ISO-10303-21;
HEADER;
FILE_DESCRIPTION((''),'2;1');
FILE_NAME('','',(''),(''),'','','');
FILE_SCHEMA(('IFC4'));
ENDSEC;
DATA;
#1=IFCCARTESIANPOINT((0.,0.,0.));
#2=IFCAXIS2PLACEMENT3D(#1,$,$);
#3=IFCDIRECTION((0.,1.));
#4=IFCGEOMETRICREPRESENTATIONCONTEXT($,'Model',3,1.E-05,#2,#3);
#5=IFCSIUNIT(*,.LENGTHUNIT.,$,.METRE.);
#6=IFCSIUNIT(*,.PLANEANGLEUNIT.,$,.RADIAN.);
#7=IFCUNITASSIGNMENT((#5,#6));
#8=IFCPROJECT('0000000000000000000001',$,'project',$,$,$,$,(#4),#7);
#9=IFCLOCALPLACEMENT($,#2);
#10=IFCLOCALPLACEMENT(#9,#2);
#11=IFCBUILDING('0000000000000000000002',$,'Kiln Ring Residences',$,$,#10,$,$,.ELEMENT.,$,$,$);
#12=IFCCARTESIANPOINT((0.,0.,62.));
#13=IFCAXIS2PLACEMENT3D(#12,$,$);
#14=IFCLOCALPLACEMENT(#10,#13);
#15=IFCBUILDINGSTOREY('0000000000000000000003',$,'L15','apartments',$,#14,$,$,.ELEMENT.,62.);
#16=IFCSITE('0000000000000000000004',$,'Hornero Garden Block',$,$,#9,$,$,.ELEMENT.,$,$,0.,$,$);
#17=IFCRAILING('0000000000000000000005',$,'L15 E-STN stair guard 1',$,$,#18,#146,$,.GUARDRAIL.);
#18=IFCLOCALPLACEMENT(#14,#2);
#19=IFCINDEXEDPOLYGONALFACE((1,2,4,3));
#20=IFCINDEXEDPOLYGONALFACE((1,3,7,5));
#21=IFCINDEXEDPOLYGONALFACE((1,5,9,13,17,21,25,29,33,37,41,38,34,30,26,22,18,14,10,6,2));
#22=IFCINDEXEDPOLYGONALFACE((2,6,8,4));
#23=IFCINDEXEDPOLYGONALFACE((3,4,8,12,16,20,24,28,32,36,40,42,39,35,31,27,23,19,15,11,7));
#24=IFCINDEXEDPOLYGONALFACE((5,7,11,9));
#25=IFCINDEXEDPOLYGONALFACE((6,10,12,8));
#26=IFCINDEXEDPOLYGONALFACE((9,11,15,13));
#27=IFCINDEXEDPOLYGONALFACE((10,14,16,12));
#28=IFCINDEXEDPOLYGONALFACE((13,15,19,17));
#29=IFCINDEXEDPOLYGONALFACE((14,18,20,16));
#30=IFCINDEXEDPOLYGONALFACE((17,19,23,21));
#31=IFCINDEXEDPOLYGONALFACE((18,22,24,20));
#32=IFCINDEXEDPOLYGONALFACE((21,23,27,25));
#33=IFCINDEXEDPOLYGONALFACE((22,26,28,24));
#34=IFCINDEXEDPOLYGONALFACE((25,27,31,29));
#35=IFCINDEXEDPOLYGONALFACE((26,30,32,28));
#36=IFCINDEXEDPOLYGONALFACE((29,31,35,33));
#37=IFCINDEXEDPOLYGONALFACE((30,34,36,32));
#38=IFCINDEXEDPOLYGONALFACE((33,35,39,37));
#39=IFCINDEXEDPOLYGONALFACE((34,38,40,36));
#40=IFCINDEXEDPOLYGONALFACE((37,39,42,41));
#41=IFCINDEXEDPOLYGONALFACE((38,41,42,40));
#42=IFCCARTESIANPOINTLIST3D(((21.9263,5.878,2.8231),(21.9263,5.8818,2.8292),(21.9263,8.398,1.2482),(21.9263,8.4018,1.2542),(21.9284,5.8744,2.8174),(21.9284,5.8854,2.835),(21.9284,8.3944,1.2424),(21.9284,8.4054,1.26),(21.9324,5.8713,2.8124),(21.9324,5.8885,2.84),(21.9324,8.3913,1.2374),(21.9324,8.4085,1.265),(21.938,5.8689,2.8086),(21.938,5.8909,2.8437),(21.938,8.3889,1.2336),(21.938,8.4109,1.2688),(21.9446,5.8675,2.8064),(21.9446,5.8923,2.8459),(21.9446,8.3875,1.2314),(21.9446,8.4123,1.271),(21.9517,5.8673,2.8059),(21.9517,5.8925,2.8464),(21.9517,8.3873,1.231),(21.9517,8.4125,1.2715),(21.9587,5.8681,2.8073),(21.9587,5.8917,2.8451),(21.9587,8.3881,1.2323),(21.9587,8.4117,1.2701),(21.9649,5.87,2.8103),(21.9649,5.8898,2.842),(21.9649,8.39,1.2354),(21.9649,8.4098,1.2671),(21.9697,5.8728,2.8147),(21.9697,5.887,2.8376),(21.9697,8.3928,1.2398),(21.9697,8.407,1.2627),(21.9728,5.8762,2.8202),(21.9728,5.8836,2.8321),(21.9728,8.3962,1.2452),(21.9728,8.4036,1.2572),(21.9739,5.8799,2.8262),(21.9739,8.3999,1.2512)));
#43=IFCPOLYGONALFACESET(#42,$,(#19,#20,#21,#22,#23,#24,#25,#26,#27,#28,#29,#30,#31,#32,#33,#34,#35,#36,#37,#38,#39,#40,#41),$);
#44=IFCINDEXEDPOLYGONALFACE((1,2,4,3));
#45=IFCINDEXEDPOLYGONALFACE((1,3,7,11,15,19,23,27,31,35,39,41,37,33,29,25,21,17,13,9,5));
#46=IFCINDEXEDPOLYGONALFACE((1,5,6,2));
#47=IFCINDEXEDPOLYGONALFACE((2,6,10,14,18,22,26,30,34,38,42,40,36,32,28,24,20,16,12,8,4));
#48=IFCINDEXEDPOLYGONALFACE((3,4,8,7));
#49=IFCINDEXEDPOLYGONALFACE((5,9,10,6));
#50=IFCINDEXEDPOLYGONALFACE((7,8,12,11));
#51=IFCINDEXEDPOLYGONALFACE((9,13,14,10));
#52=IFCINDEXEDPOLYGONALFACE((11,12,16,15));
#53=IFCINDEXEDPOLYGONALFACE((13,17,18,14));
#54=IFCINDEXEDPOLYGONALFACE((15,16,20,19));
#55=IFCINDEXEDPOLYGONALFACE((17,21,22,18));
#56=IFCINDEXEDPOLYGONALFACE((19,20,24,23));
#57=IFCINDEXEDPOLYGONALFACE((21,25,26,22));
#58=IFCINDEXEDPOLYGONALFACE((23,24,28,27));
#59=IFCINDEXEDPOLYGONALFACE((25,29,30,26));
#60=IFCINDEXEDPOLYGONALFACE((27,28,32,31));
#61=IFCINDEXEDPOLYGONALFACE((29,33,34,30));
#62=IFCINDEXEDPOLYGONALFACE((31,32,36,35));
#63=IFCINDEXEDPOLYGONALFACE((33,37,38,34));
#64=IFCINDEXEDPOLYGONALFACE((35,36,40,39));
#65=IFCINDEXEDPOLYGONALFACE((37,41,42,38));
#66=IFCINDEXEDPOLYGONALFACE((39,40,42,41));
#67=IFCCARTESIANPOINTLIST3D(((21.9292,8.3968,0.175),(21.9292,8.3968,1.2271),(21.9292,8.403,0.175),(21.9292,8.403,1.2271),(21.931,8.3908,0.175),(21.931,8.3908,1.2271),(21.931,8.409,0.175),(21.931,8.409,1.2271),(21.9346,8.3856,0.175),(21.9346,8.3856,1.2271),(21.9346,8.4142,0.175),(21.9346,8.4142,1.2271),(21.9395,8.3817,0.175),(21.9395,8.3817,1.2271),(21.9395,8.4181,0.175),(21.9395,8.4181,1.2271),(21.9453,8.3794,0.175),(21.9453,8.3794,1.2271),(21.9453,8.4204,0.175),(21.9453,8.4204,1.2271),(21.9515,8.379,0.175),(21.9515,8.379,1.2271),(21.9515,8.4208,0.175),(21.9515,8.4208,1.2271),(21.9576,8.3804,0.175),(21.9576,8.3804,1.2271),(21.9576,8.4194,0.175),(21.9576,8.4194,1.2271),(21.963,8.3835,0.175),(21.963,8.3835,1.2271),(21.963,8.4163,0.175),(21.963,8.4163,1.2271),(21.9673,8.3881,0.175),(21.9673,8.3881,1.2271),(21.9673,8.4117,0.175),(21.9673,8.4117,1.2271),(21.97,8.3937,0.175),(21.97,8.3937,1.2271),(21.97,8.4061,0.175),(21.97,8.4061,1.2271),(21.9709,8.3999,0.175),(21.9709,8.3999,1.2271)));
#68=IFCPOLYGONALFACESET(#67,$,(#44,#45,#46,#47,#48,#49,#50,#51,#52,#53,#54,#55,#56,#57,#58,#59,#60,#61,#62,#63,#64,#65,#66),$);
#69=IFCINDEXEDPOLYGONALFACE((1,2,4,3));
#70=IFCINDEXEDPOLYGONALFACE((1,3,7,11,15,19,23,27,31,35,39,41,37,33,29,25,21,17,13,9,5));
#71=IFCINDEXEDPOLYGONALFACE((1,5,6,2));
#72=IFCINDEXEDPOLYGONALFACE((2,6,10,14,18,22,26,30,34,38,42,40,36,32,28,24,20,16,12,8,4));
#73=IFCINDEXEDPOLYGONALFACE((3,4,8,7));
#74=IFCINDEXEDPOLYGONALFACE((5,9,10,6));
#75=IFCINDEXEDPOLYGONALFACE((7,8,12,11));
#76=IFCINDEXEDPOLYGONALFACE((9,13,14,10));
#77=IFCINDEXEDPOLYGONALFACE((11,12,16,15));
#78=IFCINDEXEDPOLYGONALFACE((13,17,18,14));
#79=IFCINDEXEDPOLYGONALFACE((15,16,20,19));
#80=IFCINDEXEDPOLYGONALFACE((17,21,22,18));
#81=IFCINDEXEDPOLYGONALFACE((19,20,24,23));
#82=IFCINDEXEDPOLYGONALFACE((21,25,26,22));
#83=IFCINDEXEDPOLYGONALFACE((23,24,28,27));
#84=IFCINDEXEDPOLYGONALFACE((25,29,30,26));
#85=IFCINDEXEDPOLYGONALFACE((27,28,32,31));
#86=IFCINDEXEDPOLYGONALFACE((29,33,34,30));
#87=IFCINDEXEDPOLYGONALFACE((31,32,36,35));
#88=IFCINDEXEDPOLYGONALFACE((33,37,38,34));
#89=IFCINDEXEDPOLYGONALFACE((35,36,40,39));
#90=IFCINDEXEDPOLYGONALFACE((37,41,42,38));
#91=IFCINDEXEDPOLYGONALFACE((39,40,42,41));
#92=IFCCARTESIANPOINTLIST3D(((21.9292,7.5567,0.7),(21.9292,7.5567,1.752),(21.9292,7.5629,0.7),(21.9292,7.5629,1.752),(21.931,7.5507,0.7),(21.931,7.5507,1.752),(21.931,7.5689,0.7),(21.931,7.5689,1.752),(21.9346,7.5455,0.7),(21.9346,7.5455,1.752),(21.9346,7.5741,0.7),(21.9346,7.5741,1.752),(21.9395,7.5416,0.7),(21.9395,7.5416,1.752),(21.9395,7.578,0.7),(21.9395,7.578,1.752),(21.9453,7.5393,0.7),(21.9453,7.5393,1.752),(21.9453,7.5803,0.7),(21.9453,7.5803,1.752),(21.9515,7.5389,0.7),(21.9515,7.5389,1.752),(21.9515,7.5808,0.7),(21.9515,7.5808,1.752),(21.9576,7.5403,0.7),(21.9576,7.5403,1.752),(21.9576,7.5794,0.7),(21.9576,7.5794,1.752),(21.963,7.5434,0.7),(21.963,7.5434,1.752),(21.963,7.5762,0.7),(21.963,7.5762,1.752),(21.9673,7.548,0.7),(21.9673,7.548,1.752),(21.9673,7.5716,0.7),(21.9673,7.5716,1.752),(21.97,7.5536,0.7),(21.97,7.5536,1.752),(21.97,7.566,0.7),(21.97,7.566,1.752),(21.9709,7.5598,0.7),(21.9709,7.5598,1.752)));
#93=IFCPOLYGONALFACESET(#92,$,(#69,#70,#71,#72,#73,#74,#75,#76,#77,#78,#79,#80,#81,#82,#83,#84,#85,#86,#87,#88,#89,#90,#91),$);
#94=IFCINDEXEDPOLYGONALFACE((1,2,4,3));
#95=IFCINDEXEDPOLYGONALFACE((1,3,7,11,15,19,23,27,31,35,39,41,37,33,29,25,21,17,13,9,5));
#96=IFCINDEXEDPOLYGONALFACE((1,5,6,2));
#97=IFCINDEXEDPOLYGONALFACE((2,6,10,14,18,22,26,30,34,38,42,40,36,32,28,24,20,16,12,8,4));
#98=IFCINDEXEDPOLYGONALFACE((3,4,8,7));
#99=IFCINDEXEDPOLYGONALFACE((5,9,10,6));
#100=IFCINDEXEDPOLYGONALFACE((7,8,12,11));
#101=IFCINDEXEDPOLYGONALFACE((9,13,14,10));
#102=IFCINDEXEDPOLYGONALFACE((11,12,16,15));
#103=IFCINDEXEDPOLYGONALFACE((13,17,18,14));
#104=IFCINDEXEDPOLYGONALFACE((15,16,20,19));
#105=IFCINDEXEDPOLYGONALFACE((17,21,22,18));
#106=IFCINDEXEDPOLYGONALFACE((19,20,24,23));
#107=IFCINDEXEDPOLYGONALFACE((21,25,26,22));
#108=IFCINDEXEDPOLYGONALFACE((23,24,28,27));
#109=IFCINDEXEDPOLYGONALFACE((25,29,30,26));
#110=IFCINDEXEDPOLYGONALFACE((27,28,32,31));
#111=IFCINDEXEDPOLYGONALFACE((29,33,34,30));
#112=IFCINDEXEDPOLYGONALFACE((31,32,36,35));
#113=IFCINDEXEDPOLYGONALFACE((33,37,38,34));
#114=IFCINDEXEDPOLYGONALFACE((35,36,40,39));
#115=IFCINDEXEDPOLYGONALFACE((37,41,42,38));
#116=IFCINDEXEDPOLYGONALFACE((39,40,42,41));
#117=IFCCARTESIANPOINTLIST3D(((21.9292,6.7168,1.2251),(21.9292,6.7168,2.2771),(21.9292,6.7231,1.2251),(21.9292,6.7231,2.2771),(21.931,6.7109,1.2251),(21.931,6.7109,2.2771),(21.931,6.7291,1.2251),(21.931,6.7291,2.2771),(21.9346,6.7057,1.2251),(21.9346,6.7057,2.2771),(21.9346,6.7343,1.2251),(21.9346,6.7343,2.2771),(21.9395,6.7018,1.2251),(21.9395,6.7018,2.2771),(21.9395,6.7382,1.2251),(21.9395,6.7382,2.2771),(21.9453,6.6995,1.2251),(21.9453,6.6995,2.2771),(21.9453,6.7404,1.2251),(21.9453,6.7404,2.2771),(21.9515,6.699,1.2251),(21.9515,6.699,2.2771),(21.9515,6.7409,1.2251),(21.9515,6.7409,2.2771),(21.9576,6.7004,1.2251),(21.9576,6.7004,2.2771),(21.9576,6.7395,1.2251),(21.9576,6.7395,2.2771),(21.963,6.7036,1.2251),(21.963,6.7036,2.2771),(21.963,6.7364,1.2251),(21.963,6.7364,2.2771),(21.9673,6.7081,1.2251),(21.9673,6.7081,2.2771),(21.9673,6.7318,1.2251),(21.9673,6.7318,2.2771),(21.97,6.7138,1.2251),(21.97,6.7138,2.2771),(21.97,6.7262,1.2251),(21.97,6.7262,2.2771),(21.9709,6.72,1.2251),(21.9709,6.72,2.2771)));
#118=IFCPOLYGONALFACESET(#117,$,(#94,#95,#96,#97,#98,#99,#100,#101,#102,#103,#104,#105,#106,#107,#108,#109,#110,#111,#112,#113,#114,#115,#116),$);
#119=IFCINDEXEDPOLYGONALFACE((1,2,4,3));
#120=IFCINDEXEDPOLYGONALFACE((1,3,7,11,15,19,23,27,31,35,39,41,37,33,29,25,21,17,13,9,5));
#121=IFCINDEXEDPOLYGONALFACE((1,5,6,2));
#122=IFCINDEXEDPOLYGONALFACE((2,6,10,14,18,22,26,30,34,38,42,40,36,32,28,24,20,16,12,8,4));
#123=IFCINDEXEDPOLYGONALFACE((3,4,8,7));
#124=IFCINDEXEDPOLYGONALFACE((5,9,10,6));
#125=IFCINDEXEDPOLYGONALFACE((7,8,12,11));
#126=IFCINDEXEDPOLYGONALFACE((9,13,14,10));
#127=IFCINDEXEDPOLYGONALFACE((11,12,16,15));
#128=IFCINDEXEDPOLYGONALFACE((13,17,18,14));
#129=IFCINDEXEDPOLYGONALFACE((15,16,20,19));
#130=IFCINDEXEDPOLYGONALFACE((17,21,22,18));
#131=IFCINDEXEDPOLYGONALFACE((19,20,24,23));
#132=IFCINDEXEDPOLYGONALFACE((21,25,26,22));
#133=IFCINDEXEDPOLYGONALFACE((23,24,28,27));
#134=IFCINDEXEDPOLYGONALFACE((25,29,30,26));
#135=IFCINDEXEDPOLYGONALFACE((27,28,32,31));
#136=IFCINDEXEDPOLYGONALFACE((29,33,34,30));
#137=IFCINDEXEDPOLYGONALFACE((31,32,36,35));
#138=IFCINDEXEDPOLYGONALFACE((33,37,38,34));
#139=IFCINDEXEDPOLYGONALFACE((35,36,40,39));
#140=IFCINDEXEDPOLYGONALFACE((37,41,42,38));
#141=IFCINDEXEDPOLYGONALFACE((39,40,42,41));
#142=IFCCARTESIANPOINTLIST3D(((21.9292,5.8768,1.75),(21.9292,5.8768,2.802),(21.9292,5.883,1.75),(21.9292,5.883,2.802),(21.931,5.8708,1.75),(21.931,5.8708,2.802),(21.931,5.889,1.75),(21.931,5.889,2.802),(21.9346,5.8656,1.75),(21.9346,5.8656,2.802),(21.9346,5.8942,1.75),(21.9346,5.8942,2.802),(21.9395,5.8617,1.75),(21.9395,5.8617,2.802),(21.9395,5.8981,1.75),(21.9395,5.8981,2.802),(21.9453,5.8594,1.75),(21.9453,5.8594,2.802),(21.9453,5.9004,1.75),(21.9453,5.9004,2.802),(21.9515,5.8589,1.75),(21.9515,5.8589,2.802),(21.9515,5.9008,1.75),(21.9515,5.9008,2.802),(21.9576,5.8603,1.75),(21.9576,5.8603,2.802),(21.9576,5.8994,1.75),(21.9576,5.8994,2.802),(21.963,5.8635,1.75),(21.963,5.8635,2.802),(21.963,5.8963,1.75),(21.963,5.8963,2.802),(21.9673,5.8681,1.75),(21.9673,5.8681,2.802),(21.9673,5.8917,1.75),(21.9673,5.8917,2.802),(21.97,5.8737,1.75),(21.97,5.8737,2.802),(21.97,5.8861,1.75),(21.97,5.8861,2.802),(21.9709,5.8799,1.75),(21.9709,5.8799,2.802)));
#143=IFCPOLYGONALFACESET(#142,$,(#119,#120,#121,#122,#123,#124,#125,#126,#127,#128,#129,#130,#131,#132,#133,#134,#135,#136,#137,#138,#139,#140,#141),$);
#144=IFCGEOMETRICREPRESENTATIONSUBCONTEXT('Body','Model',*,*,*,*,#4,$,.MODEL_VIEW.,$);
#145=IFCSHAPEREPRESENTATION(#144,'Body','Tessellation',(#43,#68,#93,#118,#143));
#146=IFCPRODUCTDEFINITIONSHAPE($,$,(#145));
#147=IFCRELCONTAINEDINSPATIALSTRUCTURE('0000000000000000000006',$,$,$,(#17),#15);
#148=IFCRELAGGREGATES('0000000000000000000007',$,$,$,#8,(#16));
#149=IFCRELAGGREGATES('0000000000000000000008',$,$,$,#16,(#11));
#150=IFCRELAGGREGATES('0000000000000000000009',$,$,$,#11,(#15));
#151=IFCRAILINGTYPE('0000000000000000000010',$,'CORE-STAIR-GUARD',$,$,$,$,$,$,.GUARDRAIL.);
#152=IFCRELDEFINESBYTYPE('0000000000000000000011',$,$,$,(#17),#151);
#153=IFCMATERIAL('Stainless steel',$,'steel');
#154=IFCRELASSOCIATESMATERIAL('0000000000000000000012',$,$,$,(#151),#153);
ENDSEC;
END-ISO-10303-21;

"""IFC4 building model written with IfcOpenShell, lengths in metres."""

from ifc_helpers import new_model, si_unit, direction, frame, origin, origin_2d, place, context, subcontext, project, spatial, circle, extrude, material, type_object, element, save


model = new_model("IFC4")

# Units and contexts
model_context = context("Model", 3, precision=1e-05, world=origin(), true_north=direction((0.0, 1.0)))
body_context = subcontext(model_context, "Body", "Model", "MODEL_VIEW")
ifc_project = project(units=[si_unit("LENGTHUNIT", "METRE"), si_unit("PLANEANGLEUNIT", "RADIAN")], contexts=[model_context])

# Site, building, storey
site_placement = place(None, origin())
site = spatial("IfcSite", under=ifc_project, at=site_placement, Name="Hornero Garden Block", CompositionType="ELEMENT", RefElevation=0.0)
building_placement = place(site_placement, origin())
building = spatial("IfcBuilding", under=site, at=building_placement, Name="Kiln Ring Residences", CompositionType="ELEMENT")
storey_placement = place(building_placement, frame((0.0, 0.0, 62.0)))
storey = spatial("IfcBuildingStorey", under=building, at=storey_placement, Name="L15", Description="apartments", CompositionType="ELEMENT", Elevation=62.0)

# Railing
ifc_material_1 = material(Name="Stainless steel", Category="steel")
railing_type = type_object("IfcRailingType", Name="CORE-STAIR-GUARD", PredefinedType="GUARDRAIL", material=ifc_material_1)
railing_1_placement = place(storey_placement, frame((21.95, 8.3999, 0.175)))
element("IfcRailing", 1, at=railing_1_placement, inside=storey, type_object=railing_type, Name="L15 E-STN stair guard 1", PredefinedType="GUARDRAIL", context=body_context, shape_type="SweptSolid", body=[
    extrude(circle(Radius=0.0239, at=origin_2d()), frame((0.0, 0.0, 1.0762), z_axis=(0.0, -0.848008, 0.529984), x_axis=(1.0, 0.0, 0.0)), (0.0, 0.0, 1.0), 2.9717),
    extrude(circle(Radius=0.021, at=origin_2d()), origin(), (0.0, 0.0, 1.0), 1.052),
    extrude(circle(Radius=0.021, at=origin_2d()), frame((0.0, -0.8401, 0.5249)), (0.0, 0.0, 1.0), 1.052),
    extrude(circle(Radius=0.021, at=origin_2d()), frame((0.0, -1.6799, 1.05)), (0.0, 0.0, 1.0), 1.052),
    extrude(circle(Radius=0.021, at=origin_2d()), frame((0.0, -2.52, 1.575)), (0.0, 0.0, 1.0), 1.052),
])

save(model, "model.ifc")
